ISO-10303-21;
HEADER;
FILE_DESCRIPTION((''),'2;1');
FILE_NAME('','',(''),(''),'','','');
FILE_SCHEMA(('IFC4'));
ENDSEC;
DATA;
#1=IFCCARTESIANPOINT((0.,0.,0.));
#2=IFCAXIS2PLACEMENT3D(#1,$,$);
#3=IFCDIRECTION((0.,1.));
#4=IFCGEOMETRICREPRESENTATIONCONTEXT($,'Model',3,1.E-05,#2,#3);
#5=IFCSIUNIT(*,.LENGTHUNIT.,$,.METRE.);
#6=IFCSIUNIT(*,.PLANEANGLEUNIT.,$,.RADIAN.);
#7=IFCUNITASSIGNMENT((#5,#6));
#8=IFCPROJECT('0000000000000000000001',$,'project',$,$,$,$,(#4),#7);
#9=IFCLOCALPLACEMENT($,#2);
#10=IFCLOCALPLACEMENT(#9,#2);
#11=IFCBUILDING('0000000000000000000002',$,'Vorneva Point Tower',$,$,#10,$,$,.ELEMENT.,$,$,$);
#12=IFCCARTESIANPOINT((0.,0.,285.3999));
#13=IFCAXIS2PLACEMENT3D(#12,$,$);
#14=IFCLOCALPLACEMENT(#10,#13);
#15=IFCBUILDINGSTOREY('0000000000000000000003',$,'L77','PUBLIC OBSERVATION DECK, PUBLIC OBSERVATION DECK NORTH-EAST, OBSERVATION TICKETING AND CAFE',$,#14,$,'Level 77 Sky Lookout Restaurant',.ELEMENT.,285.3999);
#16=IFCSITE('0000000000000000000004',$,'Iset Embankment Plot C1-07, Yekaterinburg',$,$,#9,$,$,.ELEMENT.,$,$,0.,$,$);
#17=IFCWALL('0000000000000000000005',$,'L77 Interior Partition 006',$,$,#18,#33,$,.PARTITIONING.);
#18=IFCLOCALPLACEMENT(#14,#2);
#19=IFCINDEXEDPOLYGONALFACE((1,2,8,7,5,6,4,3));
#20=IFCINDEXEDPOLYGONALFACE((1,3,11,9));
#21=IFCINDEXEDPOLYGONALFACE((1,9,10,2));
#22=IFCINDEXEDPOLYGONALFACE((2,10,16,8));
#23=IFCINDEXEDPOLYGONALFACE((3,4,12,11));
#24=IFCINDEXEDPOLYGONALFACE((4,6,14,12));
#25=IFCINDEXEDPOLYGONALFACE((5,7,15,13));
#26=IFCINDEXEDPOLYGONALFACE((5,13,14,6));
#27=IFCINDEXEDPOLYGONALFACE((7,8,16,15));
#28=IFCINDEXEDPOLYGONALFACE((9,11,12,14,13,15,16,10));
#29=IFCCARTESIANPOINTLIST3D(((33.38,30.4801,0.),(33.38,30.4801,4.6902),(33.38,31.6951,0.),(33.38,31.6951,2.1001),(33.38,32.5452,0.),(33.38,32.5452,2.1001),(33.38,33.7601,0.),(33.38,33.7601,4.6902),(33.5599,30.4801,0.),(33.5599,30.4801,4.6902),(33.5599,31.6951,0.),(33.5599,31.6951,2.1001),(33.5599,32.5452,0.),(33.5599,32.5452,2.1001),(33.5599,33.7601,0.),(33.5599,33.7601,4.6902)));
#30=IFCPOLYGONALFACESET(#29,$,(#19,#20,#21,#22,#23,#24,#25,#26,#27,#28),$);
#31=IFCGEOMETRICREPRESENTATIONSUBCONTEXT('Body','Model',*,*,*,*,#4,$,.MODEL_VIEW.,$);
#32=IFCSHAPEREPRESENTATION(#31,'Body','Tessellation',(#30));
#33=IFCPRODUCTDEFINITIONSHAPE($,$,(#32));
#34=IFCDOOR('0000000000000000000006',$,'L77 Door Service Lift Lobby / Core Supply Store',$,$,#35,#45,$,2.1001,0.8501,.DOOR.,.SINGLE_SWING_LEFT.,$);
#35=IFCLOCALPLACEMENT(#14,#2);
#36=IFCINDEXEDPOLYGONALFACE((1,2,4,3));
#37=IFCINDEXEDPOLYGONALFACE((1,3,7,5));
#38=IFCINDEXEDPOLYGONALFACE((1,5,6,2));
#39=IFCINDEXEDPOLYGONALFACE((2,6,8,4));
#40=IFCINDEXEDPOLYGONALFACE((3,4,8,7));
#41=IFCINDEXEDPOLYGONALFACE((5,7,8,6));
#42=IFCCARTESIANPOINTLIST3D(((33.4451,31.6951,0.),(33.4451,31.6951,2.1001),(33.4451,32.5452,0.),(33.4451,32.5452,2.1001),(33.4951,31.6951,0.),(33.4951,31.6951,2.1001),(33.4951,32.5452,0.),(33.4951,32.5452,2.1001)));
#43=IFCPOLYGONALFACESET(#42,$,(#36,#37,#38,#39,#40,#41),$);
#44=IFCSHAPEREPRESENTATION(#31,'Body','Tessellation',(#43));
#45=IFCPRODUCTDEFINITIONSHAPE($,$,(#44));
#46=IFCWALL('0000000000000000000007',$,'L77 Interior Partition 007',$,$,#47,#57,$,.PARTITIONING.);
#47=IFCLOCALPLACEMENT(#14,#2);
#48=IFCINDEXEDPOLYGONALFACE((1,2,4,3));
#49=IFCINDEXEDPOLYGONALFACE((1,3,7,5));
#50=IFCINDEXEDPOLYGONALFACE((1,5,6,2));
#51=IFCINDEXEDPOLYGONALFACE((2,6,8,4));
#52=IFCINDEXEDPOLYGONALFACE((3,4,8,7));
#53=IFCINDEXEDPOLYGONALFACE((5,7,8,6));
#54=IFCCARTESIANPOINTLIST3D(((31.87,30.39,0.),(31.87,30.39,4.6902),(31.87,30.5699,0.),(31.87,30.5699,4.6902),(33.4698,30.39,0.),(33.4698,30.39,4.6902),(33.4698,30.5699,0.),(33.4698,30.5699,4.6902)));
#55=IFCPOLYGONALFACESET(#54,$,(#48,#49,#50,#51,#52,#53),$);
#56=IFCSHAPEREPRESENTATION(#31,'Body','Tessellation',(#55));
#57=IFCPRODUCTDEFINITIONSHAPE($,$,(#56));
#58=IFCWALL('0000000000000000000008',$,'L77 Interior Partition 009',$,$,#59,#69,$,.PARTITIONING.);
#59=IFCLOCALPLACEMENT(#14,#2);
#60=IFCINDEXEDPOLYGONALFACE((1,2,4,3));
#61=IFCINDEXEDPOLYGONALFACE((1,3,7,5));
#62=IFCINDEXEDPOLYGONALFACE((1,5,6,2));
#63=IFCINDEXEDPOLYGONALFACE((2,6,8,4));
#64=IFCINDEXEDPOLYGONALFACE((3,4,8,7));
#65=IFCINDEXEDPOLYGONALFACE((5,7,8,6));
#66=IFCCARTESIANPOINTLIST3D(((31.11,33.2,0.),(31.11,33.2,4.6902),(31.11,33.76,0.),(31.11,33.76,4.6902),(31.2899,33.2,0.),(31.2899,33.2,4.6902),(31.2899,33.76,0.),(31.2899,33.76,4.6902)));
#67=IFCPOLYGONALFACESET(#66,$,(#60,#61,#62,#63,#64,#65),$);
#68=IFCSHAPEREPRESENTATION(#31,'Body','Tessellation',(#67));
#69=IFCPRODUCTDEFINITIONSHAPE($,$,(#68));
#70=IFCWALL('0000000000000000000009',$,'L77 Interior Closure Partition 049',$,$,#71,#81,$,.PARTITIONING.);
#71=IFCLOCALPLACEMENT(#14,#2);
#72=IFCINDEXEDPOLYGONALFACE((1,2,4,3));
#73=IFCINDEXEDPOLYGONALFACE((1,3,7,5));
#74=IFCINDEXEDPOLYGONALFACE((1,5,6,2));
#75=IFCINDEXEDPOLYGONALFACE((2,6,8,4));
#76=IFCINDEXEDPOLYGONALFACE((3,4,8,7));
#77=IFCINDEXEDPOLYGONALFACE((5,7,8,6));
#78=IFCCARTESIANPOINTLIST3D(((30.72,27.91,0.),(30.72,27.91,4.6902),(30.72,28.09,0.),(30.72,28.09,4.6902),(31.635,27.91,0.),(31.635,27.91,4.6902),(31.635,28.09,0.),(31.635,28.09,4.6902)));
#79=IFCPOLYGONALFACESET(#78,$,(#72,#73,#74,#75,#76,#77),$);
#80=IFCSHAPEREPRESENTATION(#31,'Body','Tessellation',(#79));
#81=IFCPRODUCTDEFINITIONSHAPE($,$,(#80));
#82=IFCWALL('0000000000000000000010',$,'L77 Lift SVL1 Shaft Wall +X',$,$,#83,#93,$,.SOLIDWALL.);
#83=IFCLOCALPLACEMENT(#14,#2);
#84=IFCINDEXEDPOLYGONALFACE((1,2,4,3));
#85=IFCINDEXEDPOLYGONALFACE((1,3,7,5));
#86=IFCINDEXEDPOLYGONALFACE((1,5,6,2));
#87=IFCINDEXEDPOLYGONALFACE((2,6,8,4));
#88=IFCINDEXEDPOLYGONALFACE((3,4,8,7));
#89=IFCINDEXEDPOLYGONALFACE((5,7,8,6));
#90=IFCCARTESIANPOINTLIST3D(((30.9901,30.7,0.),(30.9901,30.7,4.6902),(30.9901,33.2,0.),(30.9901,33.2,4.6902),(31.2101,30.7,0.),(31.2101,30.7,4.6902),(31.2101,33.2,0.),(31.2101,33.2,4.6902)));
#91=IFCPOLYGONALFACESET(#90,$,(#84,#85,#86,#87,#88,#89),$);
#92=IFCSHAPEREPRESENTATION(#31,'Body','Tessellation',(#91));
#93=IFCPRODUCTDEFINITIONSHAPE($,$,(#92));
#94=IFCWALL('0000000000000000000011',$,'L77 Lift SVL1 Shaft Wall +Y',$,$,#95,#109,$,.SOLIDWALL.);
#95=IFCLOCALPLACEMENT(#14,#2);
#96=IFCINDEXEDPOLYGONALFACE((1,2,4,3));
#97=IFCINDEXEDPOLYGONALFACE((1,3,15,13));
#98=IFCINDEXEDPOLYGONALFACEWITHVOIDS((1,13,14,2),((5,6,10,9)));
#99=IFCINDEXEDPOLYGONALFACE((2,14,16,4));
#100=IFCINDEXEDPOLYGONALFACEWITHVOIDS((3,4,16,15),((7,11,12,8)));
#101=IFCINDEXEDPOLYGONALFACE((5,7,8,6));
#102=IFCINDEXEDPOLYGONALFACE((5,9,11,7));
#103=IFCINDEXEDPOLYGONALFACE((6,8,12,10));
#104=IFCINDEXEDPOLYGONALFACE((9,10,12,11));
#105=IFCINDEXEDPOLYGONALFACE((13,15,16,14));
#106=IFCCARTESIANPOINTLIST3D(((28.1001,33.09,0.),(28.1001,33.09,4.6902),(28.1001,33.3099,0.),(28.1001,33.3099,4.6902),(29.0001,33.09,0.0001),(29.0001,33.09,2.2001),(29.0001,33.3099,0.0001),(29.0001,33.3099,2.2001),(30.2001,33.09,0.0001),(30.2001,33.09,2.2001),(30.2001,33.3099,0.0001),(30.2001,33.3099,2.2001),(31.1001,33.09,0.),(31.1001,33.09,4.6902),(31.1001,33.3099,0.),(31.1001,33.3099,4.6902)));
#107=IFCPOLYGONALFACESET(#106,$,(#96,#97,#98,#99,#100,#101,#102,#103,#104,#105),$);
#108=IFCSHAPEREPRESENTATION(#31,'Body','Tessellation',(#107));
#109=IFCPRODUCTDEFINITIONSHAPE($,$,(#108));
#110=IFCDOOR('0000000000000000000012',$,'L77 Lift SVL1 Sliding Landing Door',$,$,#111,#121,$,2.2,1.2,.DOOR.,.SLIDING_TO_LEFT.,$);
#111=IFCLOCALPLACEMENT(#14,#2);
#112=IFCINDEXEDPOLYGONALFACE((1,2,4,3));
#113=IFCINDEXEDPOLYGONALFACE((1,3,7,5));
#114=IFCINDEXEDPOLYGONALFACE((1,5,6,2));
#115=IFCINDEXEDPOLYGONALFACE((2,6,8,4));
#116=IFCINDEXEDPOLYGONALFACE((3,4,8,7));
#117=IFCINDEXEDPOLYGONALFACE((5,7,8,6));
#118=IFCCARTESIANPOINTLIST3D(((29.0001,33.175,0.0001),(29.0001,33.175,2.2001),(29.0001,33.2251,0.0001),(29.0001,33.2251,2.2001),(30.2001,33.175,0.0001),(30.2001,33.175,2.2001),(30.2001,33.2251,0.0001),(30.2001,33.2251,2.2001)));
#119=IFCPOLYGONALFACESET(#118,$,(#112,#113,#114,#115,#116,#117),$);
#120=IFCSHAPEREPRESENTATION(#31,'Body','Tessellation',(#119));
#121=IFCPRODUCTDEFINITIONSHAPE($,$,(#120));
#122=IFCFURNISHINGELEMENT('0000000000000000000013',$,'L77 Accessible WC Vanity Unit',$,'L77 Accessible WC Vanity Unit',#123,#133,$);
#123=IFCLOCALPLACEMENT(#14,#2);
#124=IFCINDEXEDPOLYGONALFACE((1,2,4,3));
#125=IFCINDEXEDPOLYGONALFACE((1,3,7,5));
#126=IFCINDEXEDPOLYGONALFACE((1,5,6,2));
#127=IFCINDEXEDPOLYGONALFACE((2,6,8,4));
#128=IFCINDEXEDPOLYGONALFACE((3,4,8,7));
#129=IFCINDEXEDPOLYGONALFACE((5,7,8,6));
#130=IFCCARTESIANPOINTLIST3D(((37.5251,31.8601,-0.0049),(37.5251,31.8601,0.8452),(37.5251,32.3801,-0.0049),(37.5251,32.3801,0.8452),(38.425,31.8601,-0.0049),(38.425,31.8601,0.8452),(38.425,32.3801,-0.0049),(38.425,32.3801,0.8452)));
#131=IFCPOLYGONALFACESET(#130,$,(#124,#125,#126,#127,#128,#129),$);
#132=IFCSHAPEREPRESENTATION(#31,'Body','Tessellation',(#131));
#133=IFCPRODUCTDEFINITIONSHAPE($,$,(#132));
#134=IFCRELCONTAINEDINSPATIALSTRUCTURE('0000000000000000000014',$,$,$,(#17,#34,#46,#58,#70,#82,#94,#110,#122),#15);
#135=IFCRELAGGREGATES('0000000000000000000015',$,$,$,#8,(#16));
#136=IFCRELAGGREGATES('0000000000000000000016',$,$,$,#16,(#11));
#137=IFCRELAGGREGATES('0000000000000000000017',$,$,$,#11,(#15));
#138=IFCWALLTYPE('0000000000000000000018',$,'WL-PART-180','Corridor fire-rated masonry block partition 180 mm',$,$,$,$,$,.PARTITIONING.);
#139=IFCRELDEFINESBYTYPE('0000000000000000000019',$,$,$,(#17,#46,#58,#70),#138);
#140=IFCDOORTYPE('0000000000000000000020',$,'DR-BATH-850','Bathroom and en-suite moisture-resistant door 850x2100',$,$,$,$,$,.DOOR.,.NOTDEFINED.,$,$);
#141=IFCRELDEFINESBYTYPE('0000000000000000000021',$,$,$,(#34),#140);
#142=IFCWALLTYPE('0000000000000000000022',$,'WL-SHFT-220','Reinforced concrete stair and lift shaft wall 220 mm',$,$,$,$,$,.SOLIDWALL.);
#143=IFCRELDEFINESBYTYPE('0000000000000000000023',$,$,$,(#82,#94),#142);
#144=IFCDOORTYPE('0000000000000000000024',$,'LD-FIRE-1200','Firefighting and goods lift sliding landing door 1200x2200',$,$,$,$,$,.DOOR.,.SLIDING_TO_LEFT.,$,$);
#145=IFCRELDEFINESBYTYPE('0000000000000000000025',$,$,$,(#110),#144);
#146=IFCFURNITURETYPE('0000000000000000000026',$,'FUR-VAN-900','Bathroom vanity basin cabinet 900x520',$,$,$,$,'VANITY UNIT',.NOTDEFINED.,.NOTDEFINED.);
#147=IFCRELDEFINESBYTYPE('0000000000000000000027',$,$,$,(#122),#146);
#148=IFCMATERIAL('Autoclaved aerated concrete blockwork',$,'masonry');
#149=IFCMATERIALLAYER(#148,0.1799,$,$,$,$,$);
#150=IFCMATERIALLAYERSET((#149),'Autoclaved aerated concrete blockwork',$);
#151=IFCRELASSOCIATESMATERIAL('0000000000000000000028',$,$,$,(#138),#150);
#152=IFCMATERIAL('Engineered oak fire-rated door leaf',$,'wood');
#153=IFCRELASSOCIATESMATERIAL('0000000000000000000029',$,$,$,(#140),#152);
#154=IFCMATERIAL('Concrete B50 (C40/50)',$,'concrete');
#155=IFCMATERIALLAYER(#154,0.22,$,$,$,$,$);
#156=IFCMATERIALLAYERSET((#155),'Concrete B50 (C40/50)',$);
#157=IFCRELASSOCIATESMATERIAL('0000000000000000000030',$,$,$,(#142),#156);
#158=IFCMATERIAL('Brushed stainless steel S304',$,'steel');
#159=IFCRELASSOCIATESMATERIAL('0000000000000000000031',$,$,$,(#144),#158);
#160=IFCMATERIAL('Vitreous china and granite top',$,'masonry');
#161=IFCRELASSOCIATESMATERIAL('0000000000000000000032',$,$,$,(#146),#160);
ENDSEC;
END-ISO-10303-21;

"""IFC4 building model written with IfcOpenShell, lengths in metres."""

from ifc_helpers import new_model, si_unit, direction, frame, frame_2d, origin, origin_2d, place, context, subcontext, project, spatial, rectangle, extrude, material, layer, layer_set, type_object, element, fill, save


model = new_model("IFC4")

# Units and contexts
model_context = context("Model", 3, precision=1e-05, world=origin(), true_north=direction((0.0, 1.0)))
body_context = subcontext(model_context, "Body", "Model", "MODEL_VIEW")
ifc_project = project(units=[si_unit("LENGTHUNIT", "METRE"), si_unit("PLANEANGLEUNIT", "RADIAN")], contexts=[model_context])

# Site, building, storey
site_placement = place(None, origin())
site = spatial("IfcSite", under=ifc_project, at=site_placement, Name="Iset Embankment Plot C1-07, Yekaterinburg", CompositionType="ELEMENT", RefElevation=0.0)
building_placement = place(site_placement, origin())
building = spatial("IfcBuilding", under=site, at=building_placement, Name="Vorneva Point Tower", CompositionType="ELEMENT")
storey_placement = place(building_placement, frame((0.0, 0.0, 285.3999)))
storey = spatial("IfcBuildingStorey", under=building, at=storey_placement, Name="L77", Description="PUBLIC OBSERVATION DECK, PUBLIC OBSERVATION DECK NORTH-EAST, OBSERVATION TICKETING AND CAFE", LongName="Level 77 Sky Lookout Restaurant", CompositionType="ELEMENT", Elevation=285.3999)

# Shared definitions
ifc_material_1 = material(Name="Concrete B50 (C40/50)", Category="concrete")

# Wall, opening, door
ifc_material_2 = material(Name="Autoclaved aerated concrete blockwork", Category="masonry")
ifc_layer_1 = layer(ifc_material_2, 0.1799)
ifc_layer_set_1 = layer_set([ifc_layer_1], Name="Autoclaved aerated concrete blockwork")
wall_type_1 = type_object("IfcWallType", Name="WL-PART-180", Description="Corridor fire-rated masonry block partition 180 mm", PredefinedType="PARTITIONING", material=ifc_layer_set_1)
wall_1_placement = place(storey_placement, frame((33.47, 30.48, 0.0), z_axis=(0.0, 0.0, 1.0), x_axis=(0.0, 1.0, 0.0)))
wall_1 = element("IfcWall", 1, at=wall_1_placement, inside=storey, type_object=wall_type_1, Name="L77 Interior Partition 006", PredefinedType="PARTITIONING", context=body_context, shape_type="SweptSolid", body=[
    extrude(rectangle(XDim=3.28, YDim=0.1799, at=frame_2d((1.6401, 0.0))), origin(), (0.0, 0.0, 1.0), 4.6902),
])
opening_1_placement = place(wall_1_placement, frame((1.2151, 0.0, 0.0)))
opening_1 = element("IfcOpeningElement", 2, at=opening_1_placement, cuts=wall_1, PredefinedType="OPENING", context=body_context, shape_type="SweptSolid", body=[
    extrude(rectangle(XDim=0.8501, YDim=2.1001, at=frame_2d((0.425, 1.05))), frame((0.0, 0.105, 0.0), z_axis=(0.0, -1.0, 0.0), x_axis=(1.0, 0.0, 0.0)), (0.0, 0.0, 1.0), 0.2097),
])
ifc_material_3 = material(Name="Engineered oak fire-rated door leaf", Category="wood")
door_type_1 = type_object("IfcDoorType", Name="DR-BATH-850", Description="Bathroom and en-suite moisture-resistant door 850x2100", OperationType="NOTDEFINED", PredefinedType="DOOR", material=ifc_material_3)
door_1_placement = place(opening_1_placement, origin())
door_1 = element("IfcDoor", 3, at=door_1_placement, inside=storey, type_object=door_type_1, Name="L77 Door Service Lift Lobby / Core Supply Store", OperationType="SINGLE_SWING_LEFT", OverallHeight=2.1001, OverallWidth=0.8501, PredefinedType="DOOR", context=body_context, shape_type="SweptSolid", body=[
    extrude(rectangle(XDim=0.8501, YDim=2.1001, at=frame_2d((0.425, 1.05))), frame((0.0, 0.0249, 0.0), z_axis=(0.0, -1.0, 0.0), x_axis=(1.0, 0.0, 0.0)), (0.0, 0.0, 1.0), 0.05),
])
fill(opening_1, door_1)

# Walls
wall_2_placement = place(storey_placement, frame((31.8701, 30.48, 0.0), z_axis=(0.0, 0.0, 1.0), x_axis=(1.0, 0.0, 0.0)))
element("IfcWall", 4, at=wall_2_placement, inside=storey, type_object=wall_type_1, Name="L77 Interior Partition 007", PredefinedType="PARTITIONING", context=body_context, shape_type="SweptSolid", body=[
    extrude(rectangle(XDim=1.5999, YDim=0.1799, at=frame_2d((0.7998, 0.0))), origin(), (0.0, 0.0, 1.0), 4.6902),
])
wall_3_placement = place(storey_placement, frame((31.2, 33.76, 0.0), z_axis=(0.0, 0.0, 1.0), x_axis=(0.0, -1.0, 0.0)))
element("IfcWall", 5, at=wall_3_placement, inside=storey, type_object=wall_type_1, Name="L77 Interior Partition 009", PredefinedType="PARTITIONING", context=body_context, shape_type="SweptSolid", body=[
    extrude(rectangle(XDim=0.5601, YDim=0.1799, at=frame_2d((0.28, 0.0))), origin(), (0.0, 0.0, 1.0), 4.6902),
])
wall_4_placement = place(storey_placement, frame((31.635, 28.0, 0.0), z_axis=(0.0, 0.0, 1.0), x_axis=(-1.0, 0.0, 0.0)))
element("IfcWall", 6, at=wall_4_placement, inside=storey, type_object=wall_type_1, Name="L77 Interior Closure Partition 049", PredefinedType="PARTITIONING", context=body_context, shape_type="SweptSolid", body=[
    extrude(rectangle(XDim=0.915, YDim=0.1799, at=frame_2d((0.4575, 0.0))), origin(), (0.0, 0.0, 1.0), 4.6902),
])
ifc_layer_2 = layer(ifc_material_1, 0.22)
ifc_layer_set_2 = layer_set([ifc_layer_2], Name="Concrete B50 (C40/50)")
wall_type_2 = type_object("IfcWallType", Name="WL-SHFT-220", Description="Reinforced concrete stair and lift shaft wall 220 mm", PredefinedType="SOLIDWALL", material=ifc_layer_set_2)
wall_5_placement = place(storey_placement, frame((31.1001, 30.7, 0.0), z_axis=(0.0, 0.0, 1.0), x_axis=(0.0, 1.0, 0.0)))
element("IfcWall", 7, at=wall_5_placement, inside=storey, type_object=wall_type_2, Name="L77 Lift SVL1 Shaft Wall +X", PredefinedType="SOLIDWALL", context=body_context, shape_type="SweptSolid", body=[
    extrude(rectangle(XDim=2.5, YDim=0.22, at=frame_2d((1.25, 0.0))), origin(), (0.0, 0.0, 1.0), 4.6902),
])

# Wall, opening, door
wall_6_placement = place(storey_placement, frame((31.1001, 33.2, 0.0), z_axis=(0.0, 0.0, 1.0), x_axis=(-1.0, 0.0, 0.0)))
wall_6 = element("IfcWall", 8, at=wall_6_placement, inside=storey, type_object=wall_type_2, Name="L77 Lift SVL1 Shaft Wall +Y", PredefinedType="SOLIDWALL", context=body_context, shape_type="SweptSolid", body=[
    extrude(rectangle(XDim=3.0, YDim=0.22, at=frame_2d((1.5, 0.0))), origin(), (0.0, 0.0, 1.0), 4.6902),
])
opening_2_placement = place(wall_6_placement, frame((0.8999, 0.0, 0.0)))
opening_2 = element("IfcOpeningElement", 9, at=opening_2_placement, cuts=wall_6, PredefinedType="OPENING", context=body_context, shape_type="SweptSolid", body=[
    extrude(rectangle(XDim=1.2, YDim=2.2, at=frame_2d((0.6001, 1.1001))), frame((0.0, 0.125, 0.0), z_axis=(0.0, -1.0, 0.0), x_axis=(1.0, 0.0, 0.0)), (0.0, 0.0, 1.0), 0.2498),
])
ifc_material_4 = material(Name="Brushed stainless steel S304", Category="steel")
door_type_2 = type_object("IfcDoorType", Name="LD-FIRE-1200", Description="Firefighting and goods lift sliding landing door 1200x2200", OperationType="SLIDING_TO_LEFT", PredefinedType="DOOR", material=ifc_material_4)
door_2_placement = place(opening_2_placement, origin())
door_2 = element("IfcDoor", 10, at=door_2_placement, inside=storey, type_object=door_type_2, Name="L77 Lift SVL1 Sliding Landing Door", OperationType="SLIDING_TO_LEFT", OverallHeight=2.2, OverallWidth=1.2, PredefinedType="DOOR", context=body_context, shape_type="SweptSolid", body=[
    extrude(rectangle(XDim=1.2, YDim=2.2, at=frame_2d((0.6001, 1.1001))), frame((0.0, 0.0249, 0.0), z_axis=(0.0, -1.0, 0.0), x_axis=(1.0, 0.0, 0.0)), (0.0, 0.0, 1.0), 0.05),
])
fill(opening_2, door_2)

# Furnishing element
ifc_material_5 = material(Name="Vitreous china and granite top", Category="masonry")
furniture_type = type_object("IfcFurnitureType", Name="FUR-VAN-900", Description="Bathroom vanity basin cabinet 900x520", ElementType="VANITY UNIT", AssemblyPlace="NOTDEFINED", PredefinedType="NOTDEFINED", material=ifc_material_5)
furnishing_placement = place(storey_placement, frame((37.9751, 32.1201, -0.0049), z_axis=(0.0, 0.0, 1.0), x_axis=(1.0, 0.0, 0.0)))
element("IfcFurnishingElement", 11, at=furnishing_placement, inside=storey, type_object=furniture_type, Name="L77 Accessible WC Vanity Unit", ObjectType="L77 Accessible WC Vanity Unit", context=body_context, shape_type="SweptSolid", body=[
    extrude(rectangle(XDim=0.8999, YDim=0.52, at=origin_2d()), origin(), (0.0, 0.0, 1.0), 0.8501),
])

save(model, "model.ifc")
